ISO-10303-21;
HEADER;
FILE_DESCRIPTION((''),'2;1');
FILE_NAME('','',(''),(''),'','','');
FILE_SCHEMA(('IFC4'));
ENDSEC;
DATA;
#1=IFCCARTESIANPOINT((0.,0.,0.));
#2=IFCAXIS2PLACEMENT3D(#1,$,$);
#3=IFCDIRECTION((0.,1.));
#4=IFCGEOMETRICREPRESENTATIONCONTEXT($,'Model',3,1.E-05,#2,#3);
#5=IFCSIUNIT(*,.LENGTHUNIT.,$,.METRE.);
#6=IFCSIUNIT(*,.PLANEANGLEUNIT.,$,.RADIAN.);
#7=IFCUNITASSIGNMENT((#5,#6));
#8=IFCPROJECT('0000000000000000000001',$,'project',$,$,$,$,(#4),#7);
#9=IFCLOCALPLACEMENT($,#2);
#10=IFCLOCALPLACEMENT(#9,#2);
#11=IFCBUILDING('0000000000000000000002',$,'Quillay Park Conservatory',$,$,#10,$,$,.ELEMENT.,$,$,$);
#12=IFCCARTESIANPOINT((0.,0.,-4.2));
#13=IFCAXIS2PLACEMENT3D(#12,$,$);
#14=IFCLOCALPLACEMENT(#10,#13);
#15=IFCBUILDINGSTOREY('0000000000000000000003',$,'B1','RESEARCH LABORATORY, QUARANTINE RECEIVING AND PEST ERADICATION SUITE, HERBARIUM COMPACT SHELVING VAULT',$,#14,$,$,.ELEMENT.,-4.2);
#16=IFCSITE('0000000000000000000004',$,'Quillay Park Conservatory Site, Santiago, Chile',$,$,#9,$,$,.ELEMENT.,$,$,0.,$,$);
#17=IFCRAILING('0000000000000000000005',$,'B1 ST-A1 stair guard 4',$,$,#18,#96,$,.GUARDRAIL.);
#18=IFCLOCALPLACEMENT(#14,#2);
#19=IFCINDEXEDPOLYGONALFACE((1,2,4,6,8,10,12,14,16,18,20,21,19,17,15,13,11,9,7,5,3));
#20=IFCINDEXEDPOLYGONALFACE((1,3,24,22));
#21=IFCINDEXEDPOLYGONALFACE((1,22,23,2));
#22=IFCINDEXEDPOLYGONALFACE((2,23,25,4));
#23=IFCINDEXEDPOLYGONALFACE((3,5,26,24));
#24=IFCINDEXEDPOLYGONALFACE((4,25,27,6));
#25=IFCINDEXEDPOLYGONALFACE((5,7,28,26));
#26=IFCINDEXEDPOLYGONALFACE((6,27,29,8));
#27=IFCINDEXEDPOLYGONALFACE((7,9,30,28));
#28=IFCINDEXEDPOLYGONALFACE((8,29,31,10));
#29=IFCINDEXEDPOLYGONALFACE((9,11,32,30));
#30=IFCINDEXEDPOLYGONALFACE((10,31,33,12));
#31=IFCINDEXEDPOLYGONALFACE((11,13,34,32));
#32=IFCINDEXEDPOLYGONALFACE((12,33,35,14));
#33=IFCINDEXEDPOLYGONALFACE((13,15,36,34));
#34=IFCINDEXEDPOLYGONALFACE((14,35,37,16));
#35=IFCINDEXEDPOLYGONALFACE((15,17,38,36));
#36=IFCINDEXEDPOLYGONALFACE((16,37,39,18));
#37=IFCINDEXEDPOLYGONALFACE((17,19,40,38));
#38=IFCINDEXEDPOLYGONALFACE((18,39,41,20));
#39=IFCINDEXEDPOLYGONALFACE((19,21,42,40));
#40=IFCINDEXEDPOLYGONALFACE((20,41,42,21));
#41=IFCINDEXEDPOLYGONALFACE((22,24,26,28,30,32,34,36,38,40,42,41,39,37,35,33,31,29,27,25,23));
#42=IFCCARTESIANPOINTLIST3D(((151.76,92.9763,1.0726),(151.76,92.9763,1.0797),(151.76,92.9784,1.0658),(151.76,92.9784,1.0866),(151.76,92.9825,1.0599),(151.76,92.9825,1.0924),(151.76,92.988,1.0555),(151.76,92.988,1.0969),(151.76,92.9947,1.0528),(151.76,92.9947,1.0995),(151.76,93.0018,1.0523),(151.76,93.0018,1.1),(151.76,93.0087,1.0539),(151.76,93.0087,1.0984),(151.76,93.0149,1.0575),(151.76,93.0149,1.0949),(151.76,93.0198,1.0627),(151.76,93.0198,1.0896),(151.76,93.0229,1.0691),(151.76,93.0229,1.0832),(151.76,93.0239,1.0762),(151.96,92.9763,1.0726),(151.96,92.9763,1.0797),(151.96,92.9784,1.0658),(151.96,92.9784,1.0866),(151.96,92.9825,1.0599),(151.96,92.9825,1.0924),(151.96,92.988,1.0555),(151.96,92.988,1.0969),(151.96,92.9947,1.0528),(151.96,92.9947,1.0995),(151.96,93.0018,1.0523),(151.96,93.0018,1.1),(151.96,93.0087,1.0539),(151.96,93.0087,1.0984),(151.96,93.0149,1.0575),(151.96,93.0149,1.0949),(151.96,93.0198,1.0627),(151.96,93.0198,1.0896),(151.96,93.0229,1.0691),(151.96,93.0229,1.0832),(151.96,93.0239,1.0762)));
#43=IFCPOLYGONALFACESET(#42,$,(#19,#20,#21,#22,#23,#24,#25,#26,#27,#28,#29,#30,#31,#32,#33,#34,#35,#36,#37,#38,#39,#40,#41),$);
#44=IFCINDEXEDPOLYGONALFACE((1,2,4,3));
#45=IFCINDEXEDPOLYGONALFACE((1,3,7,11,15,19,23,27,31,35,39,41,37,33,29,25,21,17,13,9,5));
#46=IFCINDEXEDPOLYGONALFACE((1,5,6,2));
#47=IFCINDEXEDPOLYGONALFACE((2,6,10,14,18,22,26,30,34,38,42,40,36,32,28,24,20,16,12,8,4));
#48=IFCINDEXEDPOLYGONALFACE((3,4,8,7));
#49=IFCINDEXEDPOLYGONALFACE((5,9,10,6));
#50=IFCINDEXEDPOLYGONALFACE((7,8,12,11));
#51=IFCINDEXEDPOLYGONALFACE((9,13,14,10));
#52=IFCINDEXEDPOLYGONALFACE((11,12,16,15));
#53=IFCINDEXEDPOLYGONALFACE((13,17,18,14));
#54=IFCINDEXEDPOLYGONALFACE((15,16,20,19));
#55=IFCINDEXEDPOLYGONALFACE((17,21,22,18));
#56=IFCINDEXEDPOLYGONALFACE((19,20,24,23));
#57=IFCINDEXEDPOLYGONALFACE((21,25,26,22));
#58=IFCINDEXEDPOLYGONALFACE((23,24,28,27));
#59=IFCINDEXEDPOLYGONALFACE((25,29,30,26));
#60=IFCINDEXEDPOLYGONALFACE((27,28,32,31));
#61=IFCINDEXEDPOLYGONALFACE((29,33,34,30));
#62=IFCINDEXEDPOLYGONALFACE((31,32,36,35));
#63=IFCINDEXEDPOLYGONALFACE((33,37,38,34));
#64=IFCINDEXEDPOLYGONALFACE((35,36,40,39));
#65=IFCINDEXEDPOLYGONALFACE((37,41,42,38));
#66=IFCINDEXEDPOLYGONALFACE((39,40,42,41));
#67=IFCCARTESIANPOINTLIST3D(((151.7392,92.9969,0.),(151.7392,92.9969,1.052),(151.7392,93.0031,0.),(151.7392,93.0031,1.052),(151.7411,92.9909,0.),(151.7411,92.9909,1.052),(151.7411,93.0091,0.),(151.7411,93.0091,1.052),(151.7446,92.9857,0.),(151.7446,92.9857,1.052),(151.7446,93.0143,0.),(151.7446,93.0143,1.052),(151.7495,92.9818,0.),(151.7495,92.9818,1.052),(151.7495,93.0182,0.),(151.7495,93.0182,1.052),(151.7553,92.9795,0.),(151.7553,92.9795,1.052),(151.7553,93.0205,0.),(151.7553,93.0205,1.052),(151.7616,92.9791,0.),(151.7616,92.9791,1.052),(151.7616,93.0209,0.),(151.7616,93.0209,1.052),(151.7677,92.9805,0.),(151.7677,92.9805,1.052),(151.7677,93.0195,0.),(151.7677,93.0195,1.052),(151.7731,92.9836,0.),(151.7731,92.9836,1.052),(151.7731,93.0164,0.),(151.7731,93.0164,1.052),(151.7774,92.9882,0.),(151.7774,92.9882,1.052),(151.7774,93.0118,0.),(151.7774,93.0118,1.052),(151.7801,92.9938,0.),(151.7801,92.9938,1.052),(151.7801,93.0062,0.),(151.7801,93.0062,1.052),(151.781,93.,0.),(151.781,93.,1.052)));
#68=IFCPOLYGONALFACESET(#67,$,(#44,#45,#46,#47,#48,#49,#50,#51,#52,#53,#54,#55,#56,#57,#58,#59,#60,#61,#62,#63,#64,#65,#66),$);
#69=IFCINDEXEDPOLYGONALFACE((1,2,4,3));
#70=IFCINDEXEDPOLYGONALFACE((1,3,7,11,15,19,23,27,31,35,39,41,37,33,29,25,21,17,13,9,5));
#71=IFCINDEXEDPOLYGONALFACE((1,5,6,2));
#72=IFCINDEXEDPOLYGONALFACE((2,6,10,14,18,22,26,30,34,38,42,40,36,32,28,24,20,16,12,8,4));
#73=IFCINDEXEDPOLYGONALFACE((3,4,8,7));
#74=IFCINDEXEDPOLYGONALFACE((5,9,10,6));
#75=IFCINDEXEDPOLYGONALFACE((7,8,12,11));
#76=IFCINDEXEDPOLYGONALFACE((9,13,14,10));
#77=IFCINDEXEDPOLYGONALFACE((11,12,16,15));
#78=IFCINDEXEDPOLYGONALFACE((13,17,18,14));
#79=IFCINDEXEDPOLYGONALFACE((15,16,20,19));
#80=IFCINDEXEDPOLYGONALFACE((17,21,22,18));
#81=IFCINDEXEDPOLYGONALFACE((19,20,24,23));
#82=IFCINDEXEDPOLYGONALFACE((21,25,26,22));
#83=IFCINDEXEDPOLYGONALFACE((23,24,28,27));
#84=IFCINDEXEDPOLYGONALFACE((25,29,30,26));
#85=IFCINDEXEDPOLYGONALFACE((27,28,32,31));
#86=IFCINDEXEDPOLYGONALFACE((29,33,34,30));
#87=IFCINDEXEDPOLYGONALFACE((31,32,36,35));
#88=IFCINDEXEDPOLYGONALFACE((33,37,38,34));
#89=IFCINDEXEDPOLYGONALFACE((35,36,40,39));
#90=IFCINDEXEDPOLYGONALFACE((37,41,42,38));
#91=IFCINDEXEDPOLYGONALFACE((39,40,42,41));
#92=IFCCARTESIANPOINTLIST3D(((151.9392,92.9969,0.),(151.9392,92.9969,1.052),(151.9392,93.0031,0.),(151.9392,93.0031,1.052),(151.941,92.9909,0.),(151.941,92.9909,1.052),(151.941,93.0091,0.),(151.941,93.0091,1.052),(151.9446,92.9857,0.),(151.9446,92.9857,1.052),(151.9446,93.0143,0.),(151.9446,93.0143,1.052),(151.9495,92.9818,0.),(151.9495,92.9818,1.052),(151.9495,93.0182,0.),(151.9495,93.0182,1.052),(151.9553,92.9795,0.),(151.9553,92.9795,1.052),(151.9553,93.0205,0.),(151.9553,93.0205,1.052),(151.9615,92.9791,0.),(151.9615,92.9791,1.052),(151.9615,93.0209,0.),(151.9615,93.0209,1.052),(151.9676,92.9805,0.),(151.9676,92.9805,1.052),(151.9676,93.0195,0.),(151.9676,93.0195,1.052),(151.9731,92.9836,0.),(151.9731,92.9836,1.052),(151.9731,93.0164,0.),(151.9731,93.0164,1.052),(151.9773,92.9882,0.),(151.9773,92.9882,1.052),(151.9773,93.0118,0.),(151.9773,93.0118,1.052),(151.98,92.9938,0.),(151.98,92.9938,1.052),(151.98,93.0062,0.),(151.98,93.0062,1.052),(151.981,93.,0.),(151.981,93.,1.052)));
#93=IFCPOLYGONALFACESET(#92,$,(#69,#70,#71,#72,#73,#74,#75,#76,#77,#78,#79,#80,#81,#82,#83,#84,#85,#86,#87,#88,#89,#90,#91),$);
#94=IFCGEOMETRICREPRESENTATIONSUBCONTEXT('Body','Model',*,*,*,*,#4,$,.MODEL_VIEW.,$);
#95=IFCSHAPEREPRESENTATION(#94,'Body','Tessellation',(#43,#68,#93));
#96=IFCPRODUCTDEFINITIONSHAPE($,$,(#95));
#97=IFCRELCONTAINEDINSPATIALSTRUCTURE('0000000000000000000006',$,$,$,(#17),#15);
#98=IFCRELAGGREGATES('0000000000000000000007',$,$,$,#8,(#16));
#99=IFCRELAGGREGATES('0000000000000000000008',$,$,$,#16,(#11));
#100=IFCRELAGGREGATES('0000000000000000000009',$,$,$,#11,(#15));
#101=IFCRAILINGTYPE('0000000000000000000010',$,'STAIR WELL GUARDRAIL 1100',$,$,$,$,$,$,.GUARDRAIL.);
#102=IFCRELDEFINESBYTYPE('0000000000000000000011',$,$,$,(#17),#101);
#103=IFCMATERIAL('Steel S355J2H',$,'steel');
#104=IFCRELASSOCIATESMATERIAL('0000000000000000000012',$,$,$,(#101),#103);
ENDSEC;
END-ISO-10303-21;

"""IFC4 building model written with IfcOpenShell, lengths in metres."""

from ifc_helpers import new_model, si_unit, direction, frame, origin, origin_2d, place, context, subcontext, project, spatial, circle, extrude, material, type_object, element, save


model = new_model("IFC4")

# Units and contexts
model_context = context("Model", 3, precision=1e-05, world=origin(), true_north=direction((0.0, 1.0)))
body_context = subcontext(model_context, "Body", "Model", "MODEL_VIEW")
ifc_project = project(units=[si_unit("LENGTHUNIT", "METRE"), si_unit("PLANEANGLEUNIT", "RADIAN")], contexts=[model_context])

# Site, building, storey
site_placement = place(None, origin())
site = spatial("IfcSite", under=ifc_project, at=site_placement, Name="Quillay Park Conservatory Site, Santiago, Chile", CompositionType="ELEMENT", RefElevation=0.0)
building_placement = place(site_placement, origin())
building = spatial("IfcBuilding", under=site, at=building_placement, Name="Quillay Park Conservatory", CompositionType="ELEMENT")
storey_placement = place(building_placement, frame((0.0, 0.0, -4.2)))
storey = spatial("IfcBuildingStorey", under=building, at=storey_placement, Name="B1", Description="RESEARCH LABORATORY, QUARANTINE RECEIVING AND PEST ERADICATION SUITE, HERBARIUM COMPACT SHELVING VAULT", CompositionType="ELEMENT", Elevation=-4.2)

# Railing
ifc_material_1 = material(Name="Steel S355J2H", Category="steel")
railing_type_1 = type_object("IfcRailingType", Name="STAIR WELL GUARDRAIL 1100", PredefinedType="GUARDRAIL", material=ifc_material_1)
railing_1_placement = place(storey_placement, frame((151.76, 93.0, 0.0)))
element("IfcRailing", 1, at=railing_1_placement, inside=storey, type_object=railing_type_1, Name="B1 ST-A1 stair guard 4", PredefinedType="GUARDRAIL", context=body_context, shape_type="SweptSolid", body=[
    extrude(circle(Radius=0.0239, at=origin_2d()), frame((0.0, 0.0, 1.0762), z_axis=(1.0, 0.0, 0.0), x_axis=(0.0, 1.0, 0.0)), (0.0, 0.0, 1.0), 0.2),
    extrude(circle(Radius=0.021, at=origin_2d()), origin(), (0.0, 0.0, 1.0), 1.052),
    extrude(circle(Radius=0.021, at=origin_2d()), frame((0.2, 0.0, 0.0)), (0.0, 0.0, 1.0), 1.052),
])

save(model, "model.ifc")
